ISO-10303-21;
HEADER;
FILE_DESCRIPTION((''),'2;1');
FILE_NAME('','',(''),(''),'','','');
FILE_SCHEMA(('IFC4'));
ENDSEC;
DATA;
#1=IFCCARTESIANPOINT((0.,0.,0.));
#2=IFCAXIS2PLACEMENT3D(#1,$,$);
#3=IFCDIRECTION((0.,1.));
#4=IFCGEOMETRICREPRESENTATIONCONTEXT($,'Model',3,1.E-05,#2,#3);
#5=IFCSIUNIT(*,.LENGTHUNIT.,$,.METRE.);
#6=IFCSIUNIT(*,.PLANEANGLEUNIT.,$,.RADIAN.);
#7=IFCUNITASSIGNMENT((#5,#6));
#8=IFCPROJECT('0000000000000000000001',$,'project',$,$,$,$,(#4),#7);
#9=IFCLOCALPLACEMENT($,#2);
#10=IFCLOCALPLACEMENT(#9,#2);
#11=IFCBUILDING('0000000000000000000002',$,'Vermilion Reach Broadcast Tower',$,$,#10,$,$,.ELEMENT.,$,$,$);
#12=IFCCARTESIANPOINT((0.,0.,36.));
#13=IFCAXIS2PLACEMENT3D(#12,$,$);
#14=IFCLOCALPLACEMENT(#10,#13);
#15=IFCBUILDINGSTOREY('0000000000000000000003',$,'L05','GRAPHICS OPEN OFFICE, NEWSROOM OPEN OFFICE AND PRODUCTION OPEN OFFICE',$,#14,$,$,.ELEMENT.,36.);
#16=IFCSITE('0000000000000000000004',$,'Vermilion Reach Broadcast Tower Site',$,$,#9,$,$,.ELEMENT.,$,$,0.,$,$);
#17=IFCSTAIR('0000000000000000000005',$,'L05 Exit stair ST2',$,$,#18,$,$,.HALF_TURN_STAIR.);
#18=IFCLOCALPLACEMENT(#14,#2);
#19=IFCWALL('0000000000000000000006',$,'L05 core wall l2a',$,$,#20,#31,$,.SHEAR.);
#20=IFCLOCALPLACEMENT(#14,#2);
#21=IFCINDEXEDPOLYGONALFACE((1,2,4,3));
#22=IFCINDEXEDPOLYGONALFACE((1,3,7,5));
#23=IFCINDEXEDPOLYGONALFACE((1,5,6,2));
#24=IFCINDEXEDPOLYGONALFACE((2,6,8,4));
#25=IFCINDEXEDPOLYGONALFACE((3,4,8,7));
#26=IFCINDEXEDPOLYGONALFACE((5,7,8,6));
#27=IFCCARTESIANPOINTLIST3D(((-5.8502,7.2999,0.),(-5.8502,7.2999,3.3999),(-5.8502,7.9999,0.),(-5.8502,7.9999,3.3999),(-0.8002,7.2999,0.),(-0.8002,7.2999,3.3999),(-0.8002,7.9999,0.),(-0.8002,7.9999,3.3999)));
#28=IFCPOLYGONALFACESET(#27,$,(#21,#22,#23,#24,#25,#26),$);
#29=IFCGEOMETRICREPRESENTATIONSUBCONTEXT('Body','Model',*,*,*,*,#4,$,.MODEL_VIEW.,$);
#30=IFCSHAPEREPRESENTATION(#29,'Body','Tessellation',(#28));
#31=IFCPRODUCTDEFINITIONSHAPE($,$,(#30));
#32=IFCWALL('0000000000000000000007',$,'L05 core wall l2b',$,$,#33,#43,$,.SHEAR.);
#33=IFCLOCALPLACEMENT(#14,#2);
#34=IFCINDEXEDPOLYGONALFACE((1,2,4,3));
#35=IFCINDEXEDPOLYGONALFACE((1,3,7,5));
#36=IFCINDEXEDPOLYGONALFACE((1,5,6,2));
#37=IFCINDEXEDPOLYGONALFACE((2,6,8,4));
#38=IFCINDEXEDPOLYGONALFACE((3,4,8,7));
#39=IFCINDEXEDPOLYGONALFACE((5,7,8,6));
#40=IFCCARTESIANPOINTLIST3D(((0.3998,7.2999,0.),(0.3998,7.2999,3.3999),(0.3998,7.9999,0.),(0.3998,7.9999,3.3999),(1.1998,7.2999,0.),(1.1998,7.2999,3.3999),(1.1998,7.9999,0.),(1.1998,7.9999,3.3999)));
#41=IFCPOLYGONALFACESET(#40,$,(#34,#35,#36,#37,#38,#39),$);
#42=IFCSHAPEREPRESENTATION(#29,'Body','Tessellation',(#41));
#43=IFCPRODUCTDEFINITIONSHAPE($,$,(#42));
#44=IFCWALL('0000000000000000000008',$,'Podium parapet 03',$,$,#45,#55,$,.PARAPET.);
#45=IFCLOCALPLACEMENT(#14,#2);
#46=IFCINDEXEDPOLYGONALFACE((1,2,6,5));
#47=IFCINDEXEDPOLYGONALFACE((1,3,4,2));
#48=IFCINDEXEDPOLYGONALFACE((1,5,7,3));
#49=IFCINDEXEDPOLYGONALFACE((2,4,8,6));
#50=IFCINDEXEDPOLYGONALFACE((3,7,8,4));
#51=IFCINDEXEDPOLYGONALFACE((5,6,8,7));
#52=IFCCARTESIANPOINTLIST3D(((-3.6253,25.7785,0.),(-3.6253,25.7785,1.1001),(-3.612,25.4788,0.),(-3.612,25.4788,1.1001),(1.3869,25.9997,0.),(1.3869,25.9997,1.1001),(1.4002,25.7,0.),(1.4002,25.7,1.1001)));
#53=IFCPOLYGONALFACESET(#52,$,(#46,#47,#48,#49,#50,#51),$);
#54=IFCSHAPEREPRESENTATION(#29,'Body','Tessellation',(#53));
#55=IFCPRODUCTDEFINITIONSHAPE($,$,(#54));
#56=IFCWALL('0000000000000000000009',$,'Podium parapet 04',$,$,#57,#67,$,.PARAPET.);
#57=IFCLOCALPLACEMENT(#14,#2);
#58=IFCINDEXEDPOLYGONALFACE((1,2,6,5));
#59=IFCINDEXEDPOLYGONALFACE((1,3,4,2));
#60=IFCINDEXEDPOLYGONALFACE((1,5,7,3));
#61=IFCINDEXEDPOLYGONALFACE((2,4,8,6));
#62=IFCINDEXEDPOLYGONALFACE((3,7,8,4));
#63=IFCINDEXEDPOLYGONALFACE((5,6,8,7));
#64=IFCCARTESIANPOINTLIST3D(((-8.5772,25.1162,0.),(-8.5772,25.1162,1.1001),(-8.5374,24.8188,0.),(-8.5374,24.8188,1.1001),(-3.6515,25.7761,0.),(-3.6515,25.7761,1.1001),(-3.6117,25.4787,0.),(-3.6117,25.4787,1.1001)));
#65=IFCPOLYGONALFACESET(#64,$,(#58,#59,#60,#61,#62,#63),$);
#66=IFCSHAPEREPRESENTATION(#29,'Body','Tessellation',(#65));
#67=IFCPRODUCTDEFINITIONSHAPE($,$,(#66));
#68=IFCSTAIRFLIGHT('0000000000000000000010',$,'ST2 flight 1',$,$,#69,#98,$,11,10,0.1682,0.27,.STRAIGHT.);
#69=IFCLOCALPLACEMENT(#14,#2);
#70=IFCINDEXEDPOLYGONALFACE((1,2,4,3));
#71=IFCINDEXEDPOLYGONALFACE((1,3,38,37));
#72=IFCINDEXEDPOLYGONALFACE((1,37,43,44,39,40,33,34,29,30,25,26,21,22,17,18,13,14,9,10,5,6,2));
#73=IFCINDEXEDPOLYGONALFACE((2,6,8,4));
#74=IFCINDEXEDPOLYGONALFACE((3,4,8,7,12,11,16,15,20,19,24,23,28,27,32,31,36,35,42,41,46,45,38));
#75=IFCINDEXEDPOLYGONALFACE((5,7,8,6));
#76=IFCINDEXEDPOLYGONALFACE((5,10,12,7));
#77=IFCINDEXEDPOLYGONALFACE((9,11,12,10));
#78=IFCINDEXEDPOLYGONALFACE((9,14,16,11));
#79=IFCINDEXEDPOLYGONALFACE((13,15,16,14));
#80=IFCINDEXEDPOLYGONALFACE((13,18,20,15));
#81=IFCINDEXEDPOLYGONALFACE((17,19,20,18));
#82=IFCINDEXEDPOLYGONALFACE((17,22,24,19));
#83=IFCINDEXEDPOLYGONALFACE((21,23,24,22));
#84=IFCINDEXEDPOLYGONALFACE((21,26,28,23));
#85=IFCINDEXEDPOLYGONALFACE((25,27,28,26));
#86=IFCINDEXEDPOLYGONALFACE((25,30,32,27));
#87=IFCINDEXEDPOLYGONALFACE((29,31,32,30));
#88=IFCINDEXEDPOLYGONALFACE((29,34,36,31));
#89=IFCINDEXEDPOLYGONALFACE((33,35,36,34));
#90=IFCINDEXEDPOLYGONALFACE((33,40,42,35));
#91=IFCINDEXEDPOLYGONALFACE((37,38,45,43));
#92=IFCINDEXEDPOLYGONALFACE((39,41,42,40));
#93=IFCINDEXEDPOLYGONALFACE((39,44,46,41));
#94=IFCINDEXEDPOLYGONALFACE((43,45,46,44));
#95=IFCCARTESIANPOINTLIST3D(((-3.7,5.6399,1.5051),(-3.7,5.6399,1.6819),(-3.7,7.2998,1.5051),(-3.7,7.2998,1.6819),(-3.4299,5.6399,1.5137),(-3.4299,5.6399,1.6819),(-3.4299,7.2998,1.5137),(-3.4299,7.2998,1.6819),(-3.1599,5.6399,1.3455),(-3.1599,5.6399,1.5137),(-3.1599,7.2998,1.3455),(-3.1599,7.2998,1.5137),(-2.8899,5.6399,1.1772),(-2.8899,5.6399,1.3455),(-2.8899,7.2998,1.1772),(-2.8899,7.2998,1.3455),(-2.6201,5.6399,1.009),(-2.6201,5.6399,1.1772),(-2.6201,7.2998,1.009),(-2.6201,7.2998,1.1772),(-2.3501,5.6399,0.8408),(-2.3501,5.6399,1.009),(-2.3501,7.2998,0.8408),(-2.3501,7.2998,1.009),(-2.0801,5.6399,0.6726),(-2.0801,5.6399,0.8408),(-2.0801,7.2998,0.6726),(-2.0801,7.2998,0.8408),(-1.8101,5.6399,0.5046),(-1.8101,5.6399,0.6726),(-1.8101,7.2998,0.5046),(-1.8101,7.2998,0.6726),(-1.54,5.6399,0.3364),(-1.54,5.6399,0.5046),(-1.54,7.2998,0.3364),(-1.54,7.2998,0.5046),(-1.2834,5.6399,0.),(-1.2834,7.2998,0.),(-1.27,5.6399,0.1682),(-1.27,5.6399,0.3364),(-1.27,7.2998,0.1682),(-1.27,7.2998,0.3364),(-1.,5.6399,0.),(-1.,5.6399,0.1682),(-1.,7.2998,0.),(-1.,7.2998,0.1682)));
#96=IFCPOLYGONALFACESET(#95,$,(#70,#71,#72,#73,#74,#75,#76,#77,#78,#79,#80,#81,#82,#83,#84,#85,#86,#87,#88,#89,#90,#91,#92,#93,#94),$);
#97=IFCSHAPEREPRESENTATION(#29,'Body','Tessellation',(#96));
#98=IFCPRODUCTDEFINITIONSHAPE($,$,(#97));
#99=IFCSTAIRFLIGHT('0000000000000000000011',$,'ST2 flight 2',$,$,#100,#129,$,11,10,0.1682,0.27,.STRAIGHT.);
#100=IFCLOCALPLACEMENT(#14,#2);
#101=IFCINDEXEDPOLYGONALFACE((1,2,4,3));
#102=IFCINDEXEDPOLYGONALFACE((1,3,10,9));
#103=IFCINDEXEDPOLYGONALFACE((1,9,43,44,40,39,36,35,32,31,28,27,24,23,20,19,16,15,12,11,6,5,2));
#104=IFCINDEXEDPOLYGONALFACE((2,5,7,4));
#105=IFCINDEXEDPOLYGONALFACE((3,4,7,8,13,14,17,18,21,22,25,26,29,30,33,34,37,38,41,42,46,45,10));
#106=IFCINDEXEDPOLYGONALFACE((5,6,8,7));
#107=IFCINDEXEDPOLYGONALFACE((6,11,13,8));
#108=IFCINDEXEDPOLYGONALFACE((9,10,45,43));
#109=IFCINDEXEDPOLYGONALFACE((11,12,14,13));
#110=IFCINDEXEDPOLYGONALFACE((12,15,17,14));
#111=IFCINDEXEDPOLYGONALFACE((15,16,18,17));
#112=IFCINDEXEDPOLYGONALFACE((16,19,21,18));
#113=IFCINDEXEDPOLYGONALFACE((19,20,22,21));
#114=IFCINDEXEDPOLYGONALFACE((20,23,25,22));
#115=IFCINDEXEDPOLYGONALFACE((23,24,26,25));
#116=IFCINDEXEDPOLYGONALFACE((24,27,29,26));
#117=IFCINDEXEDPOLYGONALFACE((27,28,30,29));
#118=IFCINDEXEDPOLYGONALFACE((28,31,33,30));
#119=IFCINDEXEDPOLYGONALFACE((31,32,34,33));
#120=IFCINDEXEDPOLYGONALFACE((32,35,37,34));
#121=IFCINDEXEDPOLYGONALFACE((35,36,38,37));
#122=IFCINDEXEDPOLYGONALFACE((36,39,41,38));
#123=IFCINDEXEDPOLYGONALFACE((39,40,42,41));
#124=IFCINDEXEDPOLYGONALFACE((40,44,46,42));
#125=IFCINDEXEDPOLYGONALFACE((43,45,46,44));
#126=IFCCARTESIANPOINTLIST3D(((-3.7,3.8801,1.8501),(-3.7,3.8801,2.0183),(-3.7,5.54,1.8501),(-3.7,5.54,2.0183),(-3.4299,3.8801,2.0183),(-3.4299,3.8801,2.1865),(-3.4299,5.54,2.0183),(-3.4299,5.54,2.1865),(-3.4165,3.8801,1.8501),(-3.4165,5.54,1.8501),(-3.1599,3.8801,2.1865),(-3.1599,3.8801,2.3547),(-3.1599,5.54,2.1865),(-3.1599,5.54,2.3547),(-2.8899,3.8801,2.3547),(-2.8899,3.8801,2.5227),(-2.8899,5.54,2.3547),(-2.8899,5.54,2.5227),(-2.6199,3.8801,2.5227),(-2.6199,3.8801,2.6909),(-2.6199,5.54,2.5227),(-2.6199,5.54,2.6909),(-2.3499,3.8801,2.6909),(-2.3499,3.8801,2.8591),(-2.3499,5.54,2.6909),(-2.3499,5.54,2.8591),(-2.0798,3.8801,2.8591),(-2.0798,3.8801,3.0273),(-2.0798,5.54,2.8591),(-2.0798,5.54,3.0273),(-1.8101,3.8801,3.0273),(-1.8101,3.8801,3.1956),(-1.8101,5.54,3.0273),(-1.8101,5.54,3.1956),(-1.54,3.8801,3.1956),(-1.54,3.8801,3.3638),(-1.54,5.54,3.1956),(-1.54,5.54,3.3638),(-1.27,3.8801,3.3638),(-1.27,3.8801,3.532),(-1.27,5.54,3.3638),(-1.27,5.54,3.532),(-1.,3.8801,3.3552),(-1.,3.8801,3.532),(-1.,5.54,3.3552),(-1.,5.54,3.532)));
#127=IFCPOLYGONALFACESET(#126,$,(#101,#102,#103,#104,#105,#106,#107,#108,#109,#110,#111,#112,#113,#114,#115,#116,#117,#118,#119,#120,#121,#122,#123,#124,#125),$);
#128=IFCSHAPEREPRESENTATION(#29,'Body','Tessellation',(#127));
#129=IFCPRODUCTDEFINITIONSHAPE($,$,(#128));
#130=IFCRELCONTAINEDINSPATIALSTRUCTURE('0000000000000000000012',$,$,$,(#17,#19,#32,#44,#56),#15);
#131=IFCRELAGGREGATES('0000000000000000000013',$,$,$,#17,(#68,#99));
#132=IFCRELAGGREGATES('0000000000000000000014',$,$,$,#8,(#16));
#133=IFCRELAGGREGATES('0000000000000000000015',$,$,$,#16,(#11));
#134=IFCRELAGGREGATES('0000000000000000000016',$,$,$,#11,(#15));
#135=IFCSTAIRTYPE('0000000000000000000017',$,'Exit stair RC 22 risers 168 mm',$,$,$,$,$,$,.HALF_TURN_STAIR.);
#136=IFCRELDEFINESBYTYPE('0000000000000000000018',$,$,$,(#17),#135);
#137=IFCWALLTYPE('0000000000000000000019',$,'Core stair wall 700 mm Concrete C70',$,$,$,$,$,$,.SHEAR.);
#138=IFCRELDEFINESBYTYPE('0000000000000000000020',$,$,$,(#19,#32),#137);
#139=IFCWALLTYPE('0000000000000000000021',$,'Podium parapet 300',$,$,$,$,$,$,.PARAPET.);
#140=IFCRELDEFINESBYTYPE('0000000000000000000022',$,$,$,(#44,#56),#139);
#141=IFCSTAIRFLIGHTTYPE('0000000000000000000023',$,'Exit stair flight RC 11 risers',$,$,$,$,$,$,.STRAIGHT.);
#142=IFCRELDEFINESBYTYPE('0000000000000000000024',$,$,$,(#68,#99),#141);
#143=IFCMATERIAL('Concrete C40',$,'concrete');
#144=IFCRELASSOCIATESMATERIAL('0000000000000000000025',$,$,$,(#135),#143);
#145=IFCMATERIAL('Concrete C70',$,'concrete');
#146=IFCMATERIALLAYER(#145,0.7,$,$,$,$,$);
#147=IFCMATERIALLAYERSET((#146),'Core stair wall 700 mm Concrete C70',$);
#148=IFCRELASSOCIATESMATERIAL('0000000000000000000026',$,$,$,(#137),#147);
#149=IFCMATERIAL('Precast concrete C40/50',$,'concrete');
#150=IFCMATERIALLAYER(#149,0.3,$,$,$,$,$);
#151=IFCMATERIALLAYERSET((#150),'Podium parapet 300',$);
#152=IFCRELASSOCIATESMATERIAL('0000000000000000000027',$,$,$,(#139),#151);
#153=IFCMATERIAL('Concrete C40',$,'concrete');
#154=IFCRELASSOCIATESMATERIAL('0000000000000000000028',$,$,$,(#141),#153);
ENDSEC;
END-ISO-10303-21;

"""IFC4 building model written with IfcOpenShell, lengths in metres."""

from ifc_helpers import new_model, si_unit, direction, frame, frame_2d, origin, place, context, subcontext, project, spatial, polyline, rectangle, outline, extrude, material, layer, layer_set, type_object, element, aggregate, save


model = new_model("IFC4")

# Units and contexts
model_context = context("Model", 3, precision=1e-05, world=origin(), true_north=direction((0.0, 1.0)))
body_context = subcontext(model_context, "Body", "Model", "MODEL_VIEW")
ifc_project = project(units=[si_unit("LENGTHUNIT", "METRE"), si_unit("PLANEANGLEUNIT", "RADIAN")], contexts=[model_context])

# Site, building, storey
site_placement = place(None, origin())
site = spatial("IfcSite", under=ifc_project, at=site_placement, Name="Vermilion Reach Broadcast Tower Site", CompositionType="ELEMENT", RefElevation=0.0)
building_placement = place(site_placement, origin())
building = spatial("IfcBuilding", under=site, at=building_placement, Name="Vermilion Reach Broadcast Tower", CompositionType="ELEMENT")
storey_placement = place(building_placement, frame((0.0, 0.0, 36.0)))
storey = spatial("IfcBuildingStorey", under=building, at=storey_placement, Name="L05", Description="GRAPHICS OPEN OFFICE, NEWSROOM OPEN OFFICE AND PRODUCTION OPEN OFFICE", CompositionType="ELEMENT", Elevation=36.0)

# Shared definitions
placement_1 = place(storey_placement, origin())

# Stair
ifc_material_1 = material(Name="Concrete C40", Category="concrete")
stair_type = type_object("IfcStairType", Name="Exit stair RC 22 risers 168 mm", PredefinedType="HALF_TURN_STAIR", material=ifc_material_1)
stair_1 = element("IfcStair", 1, at=placement_1, inside=storey, type_object=stair_type, Name="L05 Exit stair ST2", PredefinedType="HALF_TURN_STAIR")

# Walls
ifc_material_2 = material(Name="Concrete C70", Category="concrete")
ifc_layer_1 = layer(ifc_material_2, 0.7)
ifc_layer_set_1 = layer_set([ifc_layer_1], Name="Core stair wall 700 mm Concrete C70")
wall_type_1 = type_object("IfcWallType", Name="Core stair wall 700 mm Concrete C70", PredefinedType="SHEAR", material=ifc_layer_set_1)
wall_1_placement = place(storey_placement, frame((-5.8501, 7.6499, 0.0), z_axis=(0.0, 0.0, 1.0), x_axis=(1.0, 0.0, 0.0)))
element("IfcWall", 2, at=wall_1_placement, inside=storey, type_object=wall_type_1, Name="L05 core wall l2a", PredefinedType="SHEAR", context=body_context, shape_type="SweptSolid", body=[
    extrude(rectangle(XDim=5.05, YDim=0.7, at=frame_2d((2.5249, 0.0))), origin(), (0.0, 0.0, 1.0), 3.3999),
])
wall_2_placement = place(storey_placement, frame((0.3999, 7.6499, 0.0), z_axis=(0.0, 0.0, 1.0), x_axis=(1.0, 0.0, 0.0)))
element("IfcWall", 3, at=wall_2_placement, inside=storey, type_object=wall_type_1, Name="L05 core wall l2b", PredefinedType="SHEAR", context=body_context, shape_type="SweptSolid", body=[
    extrude(rectangle(XDim=0.8, YDim=0.7, at=frame_2d((0.3999, 0.0))), origin(), (0.0, 0.0, 1.0), 3.3999),
])
ifc_material_3 = material(Name="Precast concrete C40/50", Category="concrete")
ifc_layer_2 = layer(ifc_material_3, 0.3)
ifc_layer_set_2 = layer_set([ifc_layer_2], Name="Podium parapet 300")
wall_type_2 = type_object("IfcWallType", Name="Podium parapet 300", PredefinedType="PARAPET", material=ifc_layer_set_2)
wall_3_placement = place(storey_placement, frame((1.3936, 25.8499, 0.0), z_axis=(0.0, 0.0, 1.0), x_axis=(-0.999028, -0.044088, 0.0)))
element("IfcWall", 4, at=wall_3_placement, inside=storey, type_object=wall_type_2, Name="Podium parapet 03", PredefinedType="PARAPET", context=body_context, shape_type="SweptSolid", body=[
    extrude(rectangle(XDim=5.0171, YDim=0.3, at=frame_2d((2.5085, 0.0))), origin(), (0.0, 0.0, 1.0), 1.1001),
])
wall_4_placement = place(storey_placement, frame((-3.6316, 25.6274, 0.0), z_axis=(0.0, 0.0, 1.0), x_axis=(-0.991145, -0.132785, 0.0)))
element("IfcWall", 5, at=wall_4_placement, inside=storey, type_object=wall_type_2, Name="Podium parapet 04", PredefinedType="PARAPET", context=body_context, shape_type="SweptSolid", body=[
    extrude(rectangle(XDim=4.9697, YDim=0.3, at=frame_2d((2.4849, 0.0))), origin(), (0.0, 0.0, 1.0), 1.1001),
])

# Stair flights
ifc_material_4 = material(Name="Concrete C40", Category="concrete")
stair_flight_type = type_object("IfcStairFlightType", Name="Exit stair flight RC 11 risers", PredefinedType="STRAIGHT", material=ifc_material_4)
stair_flight_1_placement = place(storey_placement, frame((-1.0, 6.47, 0.0), z_axis=(0.0, 0.0, 1.0), x_axis=(-1.0, 0.0, 0.0)))
stair_flight_1 = element("IfcStairFlight", 6, at=stair_flight_1_placement, type_object=stair_flight_type, Name="ST2 flight 1", NumberOfRisers=11, NumberOfTreads=10, PredefinedType="STRAIGHT", RiserHeight=0.1682, TreadLength=0.27, context=body_context, shape_type="SweptSolid", body=[
    extrude(outline(polyline([(0.0, 0.0), (0.0, 0.1682), (0.27, 0.1682), (0.27, 0.3364), (0.54, 0.3364), (0.54, 0.5046), (0.8101, 0.5046), (0.8101, 0.6726), (1.0801, 0.6726), (1.0801, 0.8408), (1.3501, 0.8408), (1.3501, 1.009), (1.6201, 1.009), (1.6201, 1.1772), (1.8899, 1.1772), (1.8899, 1.3455), (2.1599, 1.3455), (2.1599, 1.5137), (2.4299, 1.5137), (2.4299, 1.6819), (2.7, 1.6819), (2.7, 1.8501), (2.7, 1.5051), (0.2834, 0.0), (0.0, 0.0)])), frame((0.0, 0.8301, 0.0), z_axis=(0.0, -1.0, 0.0), x_axis=(1.0, 0.0, 0.0)), (0.0, 0.0, 1.0), 1.6599),
])
stair_flight_2_placement = place(storey_placement, frame((-3.7, 4.71, 1.8501), z_axis=(0.0, 0.0, 1.0), x_axis=(1.0, 0.0, 0.0)))
stair_flight_2 = element("IfcStairFlight", 7, at=stair_flight_2_placement, type_object=stair_flight_type, Name="ST2 flight 2", NumberOfRisers=11, NumberOfTreads=10, PredefinedType="STRAIGHT", RiserHeight=0.1682, TreadLength=0.27, context=body_context, shape_type="SweptSolid", body=[
    extrude(outline(polyline([(0.0, 0.0), (0.0, 0.1682), (0.27, 0.1682), (0.27, 0.3364), (0.54, 0.3364), (0.54, 0.5046), (0.8101, 0.5046), (0.8101, 0.6726), (1.0801, 0.6726), (1.0801, 0.8408), (1.3501, 0.8408), (1.3501, 1.009), (1.6201, 1.009), (1.6201, 1.1772), (1.8899, 1.1772), (1.8899, 1.3455), (2.1599, 1.3455), (2.1599, 1.5137), (2.4299, 1.5137), (2.4299, 1.6819), (2.7, 1.6819), (2.7, 1.8501), (2.7, 1.5051), (0.2834, 0.0), (0.0, 0.0)])), frame((0.0, 0.8301, 0.0), z_axis=(0.0, -1.0, 0.0), x_axis=(1.0, 0.0, 0.0)), (0.0, 0.0, 1.0), 1.6599),
])
aggregate(stair_1, [stair_flight_1, stair_flight_2])

save(model, "model.ifc")
